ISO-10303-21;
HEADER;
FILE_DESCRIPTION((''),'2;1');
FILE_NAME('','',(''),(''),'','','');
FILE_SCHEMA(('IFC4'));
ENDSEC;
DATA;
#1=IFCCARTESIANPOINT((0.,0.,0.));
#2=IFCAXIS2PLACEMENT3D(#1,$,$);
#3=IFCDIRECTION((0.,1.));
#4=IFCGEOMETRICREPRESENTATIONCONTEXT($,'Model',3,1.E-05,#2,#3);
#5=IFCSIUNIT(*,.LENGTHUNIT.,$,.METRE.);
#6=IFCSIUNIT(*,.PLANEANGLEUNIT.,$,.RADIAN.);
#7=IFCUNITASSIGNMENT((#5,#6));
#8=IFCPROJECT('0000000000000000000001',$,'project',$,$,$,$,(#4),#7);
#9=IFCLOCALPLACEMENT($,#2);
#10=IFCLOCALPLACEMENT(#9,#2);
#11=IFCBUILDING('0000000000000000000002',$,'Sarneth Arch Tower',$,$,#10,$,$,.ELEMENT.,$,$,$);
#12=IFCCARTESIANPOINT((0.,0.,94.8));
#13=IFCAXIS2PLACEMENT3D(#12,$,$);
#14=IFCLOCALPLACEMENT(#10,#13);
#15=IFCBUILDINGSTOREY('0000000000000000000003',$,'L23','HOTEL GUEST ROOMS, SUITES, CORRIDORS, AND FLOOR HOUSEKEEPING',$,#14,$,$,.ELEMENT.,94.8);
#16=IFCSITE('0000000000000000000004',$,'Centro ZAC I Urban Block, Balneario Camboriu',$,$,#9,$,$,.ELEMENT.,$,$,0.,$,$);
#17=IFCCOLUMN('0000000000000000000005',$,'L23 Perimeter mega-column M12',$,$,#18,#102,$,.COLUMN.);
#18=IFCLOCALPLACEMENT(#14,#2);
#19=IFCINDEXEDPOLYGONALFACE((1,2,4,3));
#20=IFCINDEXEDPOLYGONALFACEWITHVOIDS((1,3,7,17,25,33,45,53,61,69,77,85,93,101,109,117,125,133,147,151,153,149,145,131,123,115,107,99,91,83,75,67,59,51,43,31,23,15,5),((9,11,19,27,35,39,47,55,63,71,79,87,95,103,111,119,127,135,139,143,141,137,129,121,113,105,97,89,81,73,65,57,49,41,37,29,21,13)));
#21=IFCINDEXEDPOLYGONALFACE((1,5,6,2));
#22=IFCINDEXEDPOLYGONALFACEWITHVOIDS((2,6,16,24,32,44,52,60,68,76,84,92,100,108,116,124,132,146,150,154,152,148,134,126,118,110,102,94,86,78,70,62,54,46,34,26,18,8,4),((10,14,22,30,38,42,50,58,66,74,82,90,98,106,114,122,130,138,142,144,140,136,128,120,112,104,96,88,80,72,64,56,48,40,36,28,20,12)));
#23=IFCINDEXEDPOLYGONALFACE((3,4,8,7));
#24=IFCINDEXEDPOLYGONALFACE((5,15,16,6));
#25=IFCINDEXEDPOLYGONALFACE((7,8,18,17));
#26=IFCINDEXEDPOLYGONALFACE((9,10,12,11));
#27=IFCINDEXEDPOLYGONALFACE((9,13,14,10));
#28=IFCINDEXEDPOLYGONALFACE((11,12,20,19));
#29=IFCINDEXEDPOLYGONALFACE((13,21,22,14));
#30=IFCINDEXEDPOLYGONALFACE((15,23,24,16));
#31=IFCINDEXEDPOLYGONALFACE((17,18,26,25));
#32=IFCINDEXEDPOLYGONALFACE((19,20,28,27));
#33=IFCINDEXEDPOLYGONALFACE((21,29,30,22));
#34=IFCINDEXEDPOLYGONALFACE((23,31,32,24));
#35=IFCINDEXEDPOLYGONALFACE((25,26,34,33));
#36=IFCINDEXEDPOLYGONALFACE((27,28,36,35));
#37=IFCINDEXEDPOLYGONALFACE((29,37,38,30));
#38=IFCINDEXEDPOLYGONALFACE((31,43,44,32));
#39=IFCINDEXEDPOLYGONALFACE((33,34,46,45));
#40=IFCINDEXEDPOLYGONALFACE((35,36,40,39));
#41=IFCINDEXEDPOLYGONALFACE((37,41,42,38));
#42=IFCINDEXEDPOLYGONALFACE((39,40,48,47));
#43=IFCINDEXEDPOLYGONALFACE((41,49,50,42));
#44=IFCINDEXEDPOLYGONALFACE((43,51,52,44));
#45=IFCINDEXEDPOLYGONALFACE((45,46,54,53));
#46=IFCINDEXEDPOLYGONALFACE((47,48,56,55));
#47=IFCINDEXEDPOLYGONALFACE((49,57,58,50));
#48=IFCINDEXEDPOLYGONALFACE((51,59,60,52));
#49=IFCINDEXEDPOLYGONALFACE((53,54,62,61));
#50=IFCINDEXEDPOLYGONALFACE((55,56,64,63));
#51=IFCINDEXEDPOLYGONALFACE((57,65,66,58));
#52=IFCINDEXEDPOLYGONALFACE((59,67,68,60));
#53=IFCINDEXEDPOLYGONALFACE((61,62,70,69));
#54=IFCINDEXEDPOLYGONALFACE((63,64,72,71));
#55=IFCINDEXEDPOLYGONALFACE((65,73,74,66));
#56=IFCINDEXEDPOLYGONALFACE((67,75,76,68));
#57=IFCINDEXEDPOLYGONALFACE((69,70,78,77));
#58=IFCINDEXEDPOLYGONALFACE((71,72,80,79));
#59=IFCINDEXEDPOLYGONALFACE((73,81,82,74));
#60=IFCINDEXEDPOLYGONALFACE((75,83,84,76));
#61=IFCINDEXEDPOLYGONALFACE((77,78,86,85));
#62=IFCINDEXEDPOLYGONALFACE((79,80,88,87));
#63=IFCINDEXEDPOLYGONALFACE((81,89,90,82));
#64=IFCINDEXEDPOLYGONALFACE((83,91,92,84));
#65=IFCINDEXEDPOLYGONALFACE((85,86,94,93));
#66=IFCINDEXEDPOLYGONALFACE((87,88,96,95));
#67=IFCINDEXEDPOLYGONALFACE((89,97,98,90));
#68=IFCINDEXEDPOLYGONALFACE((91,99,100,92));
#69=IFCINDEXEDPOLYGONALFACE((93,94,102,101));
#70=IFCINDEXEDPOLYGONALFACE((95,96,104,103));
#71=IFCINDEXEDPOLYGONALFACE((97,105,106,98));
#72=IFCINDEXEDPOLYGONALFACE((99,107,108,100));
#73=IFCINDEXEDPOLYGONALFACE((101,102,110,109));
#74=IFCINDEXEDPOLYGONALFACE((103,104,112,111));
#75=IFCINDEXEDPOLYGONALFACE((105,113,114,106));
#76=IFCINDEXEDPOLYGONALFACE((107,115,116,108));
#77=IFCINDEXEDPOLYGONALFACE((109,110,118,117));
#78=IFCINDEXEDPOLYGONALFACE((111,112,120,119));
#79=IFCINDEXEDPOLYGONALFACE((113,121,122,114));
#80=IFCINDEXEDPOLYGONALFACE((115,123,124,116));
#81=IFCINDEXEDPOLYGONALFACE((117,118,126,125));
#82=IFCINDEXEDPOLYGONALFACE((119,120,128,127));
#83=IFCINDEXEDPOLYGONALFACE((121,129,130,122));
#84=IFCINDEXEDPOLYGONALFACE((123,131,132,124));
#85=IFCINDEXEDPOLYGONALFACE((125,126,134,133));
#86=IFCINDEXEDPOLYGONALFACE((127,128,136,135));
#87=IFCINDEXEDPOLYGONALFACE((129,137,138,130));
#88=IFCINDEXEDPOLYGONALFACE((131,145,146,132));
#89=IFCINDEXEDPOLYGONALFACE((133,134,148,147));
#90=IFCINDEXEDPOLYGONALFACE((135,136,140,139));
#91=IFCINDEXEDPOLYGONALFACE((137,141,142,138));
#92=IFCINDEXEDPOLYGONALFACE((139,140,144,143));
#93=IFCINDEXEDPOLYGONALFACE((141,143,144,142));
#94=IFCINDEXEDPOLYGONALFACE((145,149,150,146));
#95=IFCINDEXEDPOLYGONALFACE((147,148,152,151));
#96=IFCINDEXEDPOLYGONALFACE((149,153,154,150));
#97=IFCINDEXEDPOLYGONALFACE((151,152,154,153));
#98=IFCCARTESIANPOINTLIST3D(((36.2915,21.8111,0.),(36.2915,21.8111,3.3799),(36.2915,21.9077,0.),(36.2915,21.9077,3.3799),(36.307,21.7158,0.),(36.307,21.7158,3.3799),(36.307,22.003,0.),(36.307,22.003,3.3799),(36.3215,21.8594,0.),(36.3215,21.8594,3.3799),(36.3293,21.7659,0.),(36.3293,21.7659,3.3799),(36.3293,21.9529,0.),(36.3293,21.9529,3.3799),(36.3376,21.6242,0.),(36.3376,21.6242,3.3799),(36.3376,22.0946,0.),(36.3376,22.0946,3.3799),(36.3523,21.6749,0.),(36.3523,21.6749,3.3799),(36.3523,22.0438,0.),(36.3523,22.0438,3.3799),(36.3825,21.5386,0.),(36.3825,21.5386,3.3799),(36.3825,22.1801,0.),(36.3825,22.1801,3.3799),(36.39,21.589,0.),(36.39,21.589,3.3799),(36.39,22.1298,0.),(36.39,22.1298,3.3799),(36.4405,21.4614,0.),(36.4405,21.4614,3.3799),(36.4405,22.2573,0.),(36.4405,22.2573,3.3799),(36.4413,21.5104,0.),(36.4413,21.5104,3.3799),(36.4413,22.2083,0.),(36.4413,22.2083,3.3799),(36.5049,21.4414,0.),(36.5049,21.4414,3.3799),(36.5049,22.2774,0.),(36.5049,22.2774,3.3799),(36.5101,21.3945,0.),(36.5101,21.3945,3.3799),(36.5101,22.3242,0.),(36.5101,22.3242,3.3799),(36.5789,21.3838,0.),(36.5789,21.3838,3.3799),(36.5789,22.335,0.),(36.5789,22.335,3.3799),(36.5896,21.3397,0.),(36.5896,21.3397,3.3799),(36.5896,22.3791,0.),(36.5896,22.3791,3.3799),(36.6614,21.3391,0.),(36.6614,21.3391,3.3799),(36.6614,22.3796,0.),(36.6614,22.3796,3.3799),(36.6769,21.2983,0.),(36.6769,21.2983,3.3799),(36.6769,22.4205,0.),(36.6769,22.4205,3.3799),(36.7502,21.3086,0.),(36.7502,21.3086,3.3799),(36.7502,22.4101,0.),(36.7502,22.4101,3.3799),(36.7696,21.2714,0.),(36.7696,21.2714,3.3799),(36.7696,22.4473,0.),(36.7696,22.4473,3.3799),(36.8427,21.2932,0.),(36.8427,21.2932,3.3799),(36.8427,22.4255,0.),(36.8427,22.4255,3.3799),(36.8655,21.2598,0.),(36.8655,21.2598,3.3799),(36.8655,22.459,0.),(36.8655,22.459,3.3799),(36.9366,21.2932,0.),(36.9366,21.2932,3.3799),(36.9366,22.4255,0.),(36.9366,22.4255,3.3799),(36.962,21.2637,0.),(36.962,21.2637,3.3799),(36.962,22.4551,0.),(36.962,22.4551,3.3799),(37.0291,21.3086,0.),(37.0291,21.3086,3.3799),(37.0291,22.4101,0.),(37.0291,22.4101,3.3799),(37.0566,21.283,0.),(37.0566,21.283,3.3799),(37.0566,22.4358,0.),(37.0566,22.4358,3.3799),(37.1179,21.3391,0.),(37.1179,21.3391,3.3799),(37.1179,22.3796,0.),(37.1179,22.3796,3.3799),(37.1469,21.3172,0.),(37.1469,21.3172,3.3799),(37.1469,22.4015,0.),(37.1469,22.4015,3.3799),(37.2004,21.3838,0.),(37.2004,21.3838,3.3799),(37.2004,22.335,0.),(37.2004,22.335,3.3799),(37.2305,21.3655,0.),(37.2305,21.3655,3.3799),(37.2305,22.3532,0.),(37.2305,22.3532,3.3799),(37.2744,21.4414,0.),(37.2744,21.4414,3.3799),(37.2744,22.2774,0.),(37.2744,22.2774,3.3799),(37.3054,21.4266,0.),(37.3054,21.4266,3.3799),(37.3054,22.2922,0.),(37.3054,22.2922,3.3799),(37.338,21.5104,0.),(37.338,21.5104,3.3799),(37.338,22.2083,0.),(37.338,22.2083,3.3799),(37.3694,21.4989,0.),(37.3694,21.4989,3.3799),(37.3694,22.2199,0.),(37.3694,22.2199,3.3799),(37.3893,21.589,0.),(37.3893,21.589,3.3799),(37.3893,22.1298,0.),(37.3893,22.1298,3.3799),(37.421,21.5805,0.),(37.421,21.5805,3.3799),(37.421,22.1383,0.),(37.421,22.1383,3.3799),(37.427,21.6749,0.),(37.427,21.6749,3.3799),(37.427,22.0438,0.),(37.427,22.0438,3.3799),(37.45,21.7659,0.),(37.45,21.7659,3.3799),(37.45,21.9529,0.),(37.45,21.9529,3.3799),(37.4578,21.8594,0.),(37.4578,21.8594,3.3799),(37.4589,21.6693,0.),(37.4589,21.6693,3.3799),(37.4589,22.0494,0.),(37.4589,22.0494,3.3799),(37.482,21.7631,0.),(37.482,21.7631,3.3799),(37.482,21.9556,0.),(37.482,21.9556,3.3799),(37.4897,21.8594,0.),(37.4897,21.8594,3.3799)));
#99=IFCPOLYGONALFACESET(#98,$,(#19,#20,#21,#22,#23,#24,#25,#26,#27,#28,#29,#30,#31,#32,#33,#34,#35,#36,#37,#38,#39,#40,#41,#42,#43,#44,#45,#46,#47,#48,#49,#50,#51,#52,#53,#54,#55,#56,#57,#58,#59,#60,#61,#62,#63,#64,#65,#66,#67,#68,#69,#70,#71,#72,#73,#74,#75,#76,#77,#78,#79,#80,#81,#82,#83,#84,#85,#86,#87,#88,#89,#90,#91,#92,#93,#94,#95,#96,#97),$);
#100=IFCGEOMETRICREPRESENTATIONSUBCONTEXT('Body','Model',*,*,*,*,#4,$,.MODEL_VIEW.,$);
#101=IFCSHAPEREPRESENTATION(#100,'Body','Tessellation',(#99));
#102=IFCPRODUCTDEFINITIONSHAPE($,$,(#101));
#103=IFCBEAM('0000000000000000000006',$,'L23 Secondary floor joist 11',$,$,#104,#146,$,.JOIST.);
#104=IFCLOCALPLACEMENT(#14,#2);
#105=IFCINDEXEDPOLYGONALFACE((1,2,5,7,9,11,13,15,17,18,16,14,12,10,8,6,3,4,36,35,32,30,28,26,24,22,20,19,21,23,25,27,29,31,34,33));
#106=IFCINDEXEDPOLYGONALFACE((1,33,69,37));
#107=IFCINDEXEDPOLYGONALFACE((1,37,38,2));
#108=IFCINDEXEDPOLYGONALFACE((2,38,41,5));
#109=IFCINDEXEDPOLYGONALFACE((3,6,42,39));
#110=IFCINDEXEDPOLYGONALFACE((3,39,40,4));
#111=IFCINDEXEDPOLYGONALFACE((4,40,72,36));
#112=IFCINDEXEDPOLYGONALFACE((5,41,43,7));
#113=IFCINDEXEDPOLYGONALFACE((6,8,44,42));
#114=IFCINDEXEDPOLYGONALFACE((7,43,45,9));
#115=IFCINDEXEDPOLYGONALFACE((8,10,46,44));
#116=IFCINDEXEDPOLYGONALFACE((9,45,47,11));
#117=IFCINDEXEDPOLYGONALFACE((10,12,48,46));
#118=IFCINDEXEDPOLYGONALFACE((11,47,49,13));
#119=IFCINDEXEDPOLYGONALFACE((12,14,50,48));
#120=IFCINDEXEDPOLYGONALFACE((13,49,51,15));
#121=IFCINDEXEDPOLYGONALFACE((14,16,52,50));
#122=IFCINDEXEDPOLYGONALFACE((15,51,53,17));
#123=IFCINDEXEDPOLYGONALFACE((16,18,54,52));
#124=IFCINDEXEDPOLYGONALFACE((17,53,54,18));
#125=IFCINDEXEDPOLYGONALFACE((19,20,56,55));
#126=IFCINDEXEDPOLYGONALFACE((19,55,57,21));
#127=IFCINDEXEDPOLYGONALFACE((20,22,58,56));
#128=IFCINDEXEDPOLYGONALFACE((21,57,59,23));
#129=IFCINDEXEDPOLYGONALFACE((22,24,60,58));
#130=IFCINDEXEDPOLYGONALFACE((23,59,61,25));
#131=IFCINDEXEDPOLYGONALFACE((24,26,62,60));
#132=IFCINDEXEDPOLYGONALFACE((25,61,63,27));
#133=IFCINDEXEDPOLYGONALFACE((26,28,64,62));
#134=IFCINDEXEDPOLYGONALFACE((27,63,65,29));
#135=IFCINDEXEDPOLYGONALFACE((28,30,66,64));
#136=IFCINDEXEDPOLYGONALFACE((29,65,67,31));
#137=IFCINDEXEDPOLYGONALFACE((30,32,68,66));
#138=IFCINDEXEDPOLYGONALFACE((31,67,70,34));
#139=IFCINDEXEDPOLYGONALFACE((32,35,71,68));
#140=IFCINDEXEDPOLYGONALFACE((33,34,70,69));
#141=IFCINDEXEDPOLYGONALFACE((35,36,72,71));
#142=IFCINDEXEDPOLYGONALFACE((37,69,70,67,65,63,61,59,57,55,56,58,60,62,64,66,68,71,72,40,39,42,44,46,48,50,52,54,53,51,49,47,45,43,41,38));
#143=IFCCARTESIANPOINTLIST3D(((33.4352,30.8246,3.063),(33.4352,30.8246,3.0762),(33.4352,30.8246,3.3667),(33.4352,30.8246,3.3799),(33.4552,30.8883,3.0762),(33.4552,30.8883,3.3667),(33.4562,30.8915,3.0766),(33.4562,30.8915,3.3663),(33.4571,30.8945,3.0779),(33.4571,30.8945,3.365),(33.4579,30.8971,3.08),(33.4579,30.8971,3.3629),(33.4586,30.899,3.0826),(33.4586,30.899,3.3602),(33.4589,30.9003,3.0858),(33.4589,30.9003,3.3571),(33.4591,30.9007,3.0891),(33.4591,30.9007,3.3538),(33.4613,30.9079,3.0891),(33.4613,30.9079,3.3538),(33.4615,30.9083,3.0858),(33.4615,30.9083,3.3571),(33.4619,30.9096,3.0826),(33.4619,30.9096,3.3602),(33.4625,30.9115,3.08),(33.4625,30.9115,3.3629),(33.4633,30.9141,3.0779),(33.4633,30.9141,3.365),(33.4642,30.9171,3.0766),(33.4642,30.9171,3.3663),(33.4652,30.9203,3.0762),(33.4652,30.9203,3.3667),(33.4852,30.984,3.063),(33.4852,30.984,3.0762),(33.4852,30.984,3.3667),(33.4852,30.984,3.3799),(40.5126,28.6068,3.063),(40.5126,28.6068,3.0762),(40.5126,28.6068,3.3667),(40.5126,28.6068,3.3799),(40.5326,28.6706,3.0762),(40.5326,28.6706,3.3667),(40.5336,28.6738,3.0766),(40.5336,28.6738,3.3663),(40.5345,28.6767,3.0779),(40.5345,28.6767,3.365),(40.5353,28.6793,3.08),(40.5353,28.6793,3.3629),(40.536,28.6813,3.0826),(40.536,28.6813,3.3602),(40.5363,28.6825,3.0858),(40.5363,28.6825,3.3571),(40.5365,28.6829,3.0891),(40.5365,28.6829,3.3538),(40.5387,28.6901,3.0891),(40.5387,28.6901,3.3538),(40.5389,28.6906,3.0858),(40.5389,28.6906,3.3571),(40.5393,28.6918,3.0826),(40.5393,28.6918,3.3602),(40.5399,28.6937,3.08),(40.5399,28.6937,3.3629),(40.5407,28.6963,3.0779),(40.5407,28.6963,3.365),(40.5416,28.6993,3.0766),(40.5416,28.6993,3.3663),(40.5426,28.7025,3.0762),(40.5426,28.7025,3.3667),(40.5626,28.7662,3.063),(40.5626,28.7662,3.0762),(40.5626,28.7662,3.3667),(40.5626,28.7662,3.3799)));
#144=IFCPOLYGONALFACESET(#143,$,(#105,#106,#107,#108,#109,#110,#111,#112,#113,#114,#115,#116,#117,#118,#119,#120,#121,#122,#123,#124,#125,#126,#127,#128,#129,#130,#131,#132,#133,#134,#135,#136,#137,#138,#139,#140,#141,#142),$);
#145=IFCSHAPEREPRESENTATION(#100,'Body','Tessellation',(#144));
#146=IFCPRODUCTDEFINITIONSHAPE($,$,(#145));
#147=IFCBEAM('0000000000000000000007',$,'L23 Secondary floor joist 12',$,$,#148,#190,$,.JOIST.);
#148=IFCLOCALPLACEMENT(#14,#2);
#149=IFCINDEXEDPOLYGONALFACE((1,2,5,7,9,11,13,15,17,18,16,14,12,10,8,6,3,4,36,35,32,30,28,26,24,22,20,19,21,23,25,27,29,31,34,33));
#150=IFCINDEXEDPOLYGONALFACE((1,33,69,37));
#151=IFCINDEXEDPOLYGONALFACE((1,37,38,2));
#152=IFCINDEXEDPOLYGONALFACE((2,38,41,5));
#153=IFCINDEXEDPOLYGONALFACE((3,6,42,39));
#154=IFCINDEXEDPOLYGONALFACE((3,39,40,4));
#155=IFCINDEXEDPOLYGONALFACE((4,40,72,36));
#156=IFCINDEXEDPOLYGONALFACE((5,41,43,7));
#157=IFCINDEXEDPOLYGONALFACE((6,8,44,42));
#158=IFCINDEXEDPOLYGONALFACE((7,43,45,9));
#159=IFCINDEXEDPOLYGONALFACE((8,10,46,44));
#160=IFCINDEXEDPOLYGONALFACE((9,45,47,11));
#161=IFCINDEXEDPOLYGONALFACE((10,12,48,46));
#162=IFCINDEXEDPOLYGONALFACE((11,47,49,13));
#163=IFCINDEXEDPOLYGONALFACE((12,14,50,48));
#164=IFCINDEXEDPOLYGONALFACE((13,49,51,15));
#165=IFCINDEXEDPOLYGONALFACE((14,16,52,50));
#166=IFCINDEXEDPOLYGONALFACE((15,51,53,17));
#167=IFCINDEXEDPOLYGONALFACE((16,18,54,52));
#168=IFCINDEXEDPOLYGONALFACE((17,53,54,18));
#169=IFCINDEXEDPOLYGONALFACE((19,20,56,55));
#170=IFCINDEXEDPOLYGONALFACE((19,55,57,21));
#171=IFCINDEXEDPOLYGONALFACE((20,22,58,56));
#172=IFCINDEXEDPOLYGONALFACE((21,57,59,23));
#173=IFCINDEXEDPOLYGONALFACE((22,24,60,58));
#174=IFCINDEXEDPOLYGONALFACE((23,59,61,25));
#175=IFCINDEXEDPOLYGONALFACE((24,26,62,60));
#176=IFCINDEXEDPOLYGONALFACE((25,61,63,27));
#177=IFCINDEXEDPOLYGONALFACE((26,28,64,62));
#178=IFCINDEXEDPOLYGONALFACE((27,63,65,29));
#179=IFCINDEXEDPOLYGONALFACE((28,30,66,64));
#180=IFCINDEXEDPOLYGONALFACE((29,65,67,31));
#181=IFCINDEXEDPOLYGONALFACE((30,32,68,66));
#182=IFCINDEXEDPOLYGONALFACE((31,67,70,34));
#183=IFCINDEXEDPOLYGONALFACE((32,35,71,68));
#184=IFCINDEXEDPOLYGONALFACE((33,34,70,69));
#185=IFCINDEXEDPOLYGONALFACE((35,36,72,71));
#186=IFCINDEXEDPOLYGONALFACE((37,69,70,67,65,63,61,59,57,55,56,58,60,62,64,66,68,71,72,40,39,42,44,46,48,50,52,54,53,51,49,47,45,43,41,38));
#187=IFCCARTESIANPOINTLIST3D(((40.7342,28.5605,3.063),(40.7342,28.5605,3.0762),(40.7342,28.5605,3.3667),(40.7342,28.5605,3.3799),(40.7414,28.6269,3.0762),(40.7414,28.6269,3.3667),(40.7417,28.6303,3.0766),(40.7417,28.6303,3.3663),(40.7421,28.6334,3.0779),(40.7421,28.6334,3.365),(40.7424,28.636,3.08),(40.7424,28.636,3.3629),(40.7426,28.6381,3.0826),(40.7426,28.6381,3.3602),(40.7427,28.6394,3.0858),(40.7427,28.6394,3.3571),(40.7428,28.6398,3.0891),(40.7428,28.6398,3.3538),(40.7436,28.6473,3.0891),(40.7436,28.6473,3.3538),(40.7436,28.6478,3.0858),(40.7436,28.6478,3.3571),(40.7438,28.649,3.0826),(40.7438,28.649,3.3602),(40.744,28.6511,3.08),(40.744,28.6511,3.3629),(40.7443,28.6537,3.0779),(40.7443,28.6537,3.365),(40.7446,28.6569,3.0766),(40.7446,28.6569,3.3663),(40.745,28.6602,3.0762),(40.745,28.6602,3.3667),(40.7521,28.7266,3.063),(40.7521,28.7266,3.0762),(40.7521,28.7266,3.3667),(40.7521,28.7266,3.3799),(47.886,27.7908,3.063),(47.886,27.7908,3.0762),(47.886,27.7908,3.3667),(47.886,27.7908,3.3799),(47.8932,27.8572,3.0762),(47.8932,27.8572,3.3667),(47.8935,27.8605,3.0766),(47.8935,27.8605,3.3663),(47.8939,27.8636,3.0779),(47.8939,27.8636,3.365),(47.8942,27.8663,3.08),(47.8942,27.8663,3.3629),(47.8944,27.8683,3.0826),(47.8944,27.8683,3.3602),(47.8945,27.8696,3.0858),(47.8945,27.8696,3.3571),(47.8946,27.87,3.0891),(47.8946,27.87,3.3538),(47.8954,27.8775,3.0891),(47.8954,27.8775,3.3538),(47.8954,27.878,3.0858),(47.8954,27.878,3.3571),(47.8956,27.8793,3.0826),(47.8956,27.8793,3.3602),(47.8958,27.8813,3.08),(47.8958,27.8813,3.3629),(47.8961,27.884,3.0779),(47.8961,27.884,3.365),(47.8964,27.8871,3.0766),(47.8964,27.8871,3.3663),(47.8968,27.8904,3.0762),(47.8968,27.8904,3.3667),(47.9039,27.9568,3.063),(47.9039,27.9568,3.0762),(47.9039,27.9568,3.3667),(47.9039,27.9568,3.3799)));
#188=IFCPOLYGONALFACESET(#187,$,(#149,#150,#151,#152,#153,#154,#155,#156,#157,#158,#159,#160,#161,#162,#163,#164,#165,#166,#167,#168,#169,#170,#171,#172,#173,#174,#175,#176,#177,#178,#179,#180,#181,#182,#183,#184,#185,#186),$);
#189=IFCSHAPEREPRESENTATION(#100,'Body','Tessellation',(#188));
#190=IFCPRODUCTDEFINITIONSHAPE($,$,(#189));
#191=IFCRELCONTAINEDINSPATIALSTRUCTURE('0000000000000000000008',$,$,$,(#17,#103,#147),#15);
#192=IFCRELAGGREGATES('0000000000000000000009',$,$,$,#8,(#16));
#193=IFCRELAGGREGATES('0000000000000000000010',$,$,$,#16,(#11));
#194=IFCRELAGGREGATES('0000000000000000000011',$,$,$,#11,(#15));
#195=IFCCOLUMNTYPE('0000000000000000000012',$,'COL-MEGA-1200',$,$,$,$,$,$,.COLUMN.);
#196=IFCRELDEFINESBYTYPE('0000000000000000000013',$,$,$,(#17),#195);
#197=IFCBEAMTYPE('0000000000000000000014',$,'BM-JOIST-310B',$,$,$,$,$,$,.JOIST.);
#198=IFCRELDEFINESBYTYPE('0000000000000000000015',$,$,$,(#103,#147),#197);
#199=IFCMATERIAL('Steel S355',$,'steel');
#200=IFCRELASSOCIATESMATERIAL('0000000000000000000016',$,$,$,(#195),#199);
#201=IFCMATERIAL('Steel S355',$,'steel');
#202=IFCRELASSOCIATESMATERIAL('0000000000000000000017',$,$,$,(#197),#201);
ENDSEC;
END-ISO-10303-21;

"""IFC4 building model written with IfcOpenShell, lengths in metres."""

from ifc_helpers import new_model, si_unit, direction, frame, origin, origin_2d, place, context, subcontext, project, spatial, hollow_circle, i_section, extrude, material, material_profile, profile_set, type_object, element, save


model = new_model("IFC4")

# Units and contexts
model_context = context("Model", 3, precision=1e-05, world=origin(), true_north=direction((0.0, 1.0)))
body_context = subcontext(model_context, "Body", "Model", "MODEL_VIEW")
ifc_project = project(units=[si_unit("LENGTHUNIT", "METRE"), si_unit("PLANEANGLEUNIT", "RADIAN")], contexts=[model_context])

# Site, building, storey
site_placement = place(None, origin())
site = spatial("IfcSite", under=ifc_project, at=site_placement, Name="Centro ZAC I Urban Block, Balneario Camboriu", CompositionType="ELEMENT", RefElevation=0.0)
building_placement = place(site_placement, origin())
building = spatial("IfcBuilding", under=site, at=building_placement, Name="Sarneth Arch Tower", CompositionType="ELEMENT")
storey_placement = place(building_placement, frame((0.0, 0.0, 94.8)))
storey = spatial("IfcBuildingStorey", under=building, at=storey_placement, Name="L23", Description="HOTEL GUEST ROOMS, SUITES, CORRIDORS, AND FLOOR HOUSEKEEPING", CompositionType="ELEMENT", Elevation=94.8)

# Column
ifc_material_1 = material(Name="Steel S355", Category="steel")
ifc_material_profile_1 = material_profile(ifc_material_1, hollow_circle(Radius=0.6001, WallThickness=0.032, at=origin_2d()), Name="CHS1200x32")
ifc_profile_set_1 = profile_set([ifc_material_profile_1], Name="Steel S355")
column_type = type_object("IfcColumnType", Name="COL-MEGA-1200", PredefinedType="COLUMN", material=ifc_profile_set_1)
column_placement = place(storey_placement, frame((36.8896, 21.8594, 0.0), z_axis=(0.0, 0.0, 1.0), x_axis=(1.0, 0.0, 0.0)))
element("IfcColumn", 1, at=column_placement, inside=storey, type_object=column_type, Name="L23 Perimeter mega-column M12", PredefinedType="COLUMN", context=body_context, shape_type="SweptSolid", body=[
    extrude(hollow_circle(Radius=0.6001, WallThickness=0.032, at=origin_2d()), origin(), (0.0, 0.0, 1.0), 3.3799),
])

# Beams
ifc_material_2 = material(Name="Steel S355", Category="steel")
ifc_material_profile_2 = material_profile(ifc_material_2, i_section(OverallWidth=0.167, OverallDepth=0.3169, WebThickness=0.0076, FlangeThickness=0.0132, FilletRadius=0.0129, at=origin_2d()), Name="W310x52")
ifc_profile_set_2 = profile_set([ifc_material_profile_2], Name="Steel S355")
beam_type_1 = type_object("IfcBeamType", Name="BM-JOIST-310B", PredefinedType="JOIST", material=ifc_profile_set_2)
beam_1_placement = place(storey_placement, frame((33.4602, 30.9043, 3.2214), z_axis=(0.954246, -0.299023, 0.0), x_axis=(0.299023, 0.954246, 0.0)))
element("IfcBeam", 2, at=beam_1_placement, inside=storey, type_object=beam_type_1, Name="L23 Secondary floor joist 11", PredefinedType="JOIST", context=body_context, shape_type="SweptSolid", body=[
    extrude(i_section(OverallWidth=0.167, OverallDepth=0.3169, WebThickness=0.0076, FlangeThickness=0.0132, FilletRadius=0.0129, at=origin_2d()), origin(), (0.0, 0.0, 1.0), 7.4167),
])
beam_2_placement = place(storey_placement, frame((40.7432, 28.6436, 3.2214), z_axis=(0.994257, -0.107015, 0.0), x_axis=(0.107015, 0.994257, 0.0)))
element("IfcBeam", 3, at=beam_2_placement, inside=storey, type_object=beam_type_1, Name="L23 Secondary floor joist 12", PredefinedType="JOIST", context=body_context, shape_type="SweptSolid", body=[
    extrude(i_section(OverallWidth=0.167, OverallDepth=0.3169, WebThickness=0.0076, FlangeThickness=0.0132, FilletRadius=0.0129, at=origin_2d()), origin(), (0.0, 0.0, 1.0), 7.1931),
])

save(model, "model.ifc")
